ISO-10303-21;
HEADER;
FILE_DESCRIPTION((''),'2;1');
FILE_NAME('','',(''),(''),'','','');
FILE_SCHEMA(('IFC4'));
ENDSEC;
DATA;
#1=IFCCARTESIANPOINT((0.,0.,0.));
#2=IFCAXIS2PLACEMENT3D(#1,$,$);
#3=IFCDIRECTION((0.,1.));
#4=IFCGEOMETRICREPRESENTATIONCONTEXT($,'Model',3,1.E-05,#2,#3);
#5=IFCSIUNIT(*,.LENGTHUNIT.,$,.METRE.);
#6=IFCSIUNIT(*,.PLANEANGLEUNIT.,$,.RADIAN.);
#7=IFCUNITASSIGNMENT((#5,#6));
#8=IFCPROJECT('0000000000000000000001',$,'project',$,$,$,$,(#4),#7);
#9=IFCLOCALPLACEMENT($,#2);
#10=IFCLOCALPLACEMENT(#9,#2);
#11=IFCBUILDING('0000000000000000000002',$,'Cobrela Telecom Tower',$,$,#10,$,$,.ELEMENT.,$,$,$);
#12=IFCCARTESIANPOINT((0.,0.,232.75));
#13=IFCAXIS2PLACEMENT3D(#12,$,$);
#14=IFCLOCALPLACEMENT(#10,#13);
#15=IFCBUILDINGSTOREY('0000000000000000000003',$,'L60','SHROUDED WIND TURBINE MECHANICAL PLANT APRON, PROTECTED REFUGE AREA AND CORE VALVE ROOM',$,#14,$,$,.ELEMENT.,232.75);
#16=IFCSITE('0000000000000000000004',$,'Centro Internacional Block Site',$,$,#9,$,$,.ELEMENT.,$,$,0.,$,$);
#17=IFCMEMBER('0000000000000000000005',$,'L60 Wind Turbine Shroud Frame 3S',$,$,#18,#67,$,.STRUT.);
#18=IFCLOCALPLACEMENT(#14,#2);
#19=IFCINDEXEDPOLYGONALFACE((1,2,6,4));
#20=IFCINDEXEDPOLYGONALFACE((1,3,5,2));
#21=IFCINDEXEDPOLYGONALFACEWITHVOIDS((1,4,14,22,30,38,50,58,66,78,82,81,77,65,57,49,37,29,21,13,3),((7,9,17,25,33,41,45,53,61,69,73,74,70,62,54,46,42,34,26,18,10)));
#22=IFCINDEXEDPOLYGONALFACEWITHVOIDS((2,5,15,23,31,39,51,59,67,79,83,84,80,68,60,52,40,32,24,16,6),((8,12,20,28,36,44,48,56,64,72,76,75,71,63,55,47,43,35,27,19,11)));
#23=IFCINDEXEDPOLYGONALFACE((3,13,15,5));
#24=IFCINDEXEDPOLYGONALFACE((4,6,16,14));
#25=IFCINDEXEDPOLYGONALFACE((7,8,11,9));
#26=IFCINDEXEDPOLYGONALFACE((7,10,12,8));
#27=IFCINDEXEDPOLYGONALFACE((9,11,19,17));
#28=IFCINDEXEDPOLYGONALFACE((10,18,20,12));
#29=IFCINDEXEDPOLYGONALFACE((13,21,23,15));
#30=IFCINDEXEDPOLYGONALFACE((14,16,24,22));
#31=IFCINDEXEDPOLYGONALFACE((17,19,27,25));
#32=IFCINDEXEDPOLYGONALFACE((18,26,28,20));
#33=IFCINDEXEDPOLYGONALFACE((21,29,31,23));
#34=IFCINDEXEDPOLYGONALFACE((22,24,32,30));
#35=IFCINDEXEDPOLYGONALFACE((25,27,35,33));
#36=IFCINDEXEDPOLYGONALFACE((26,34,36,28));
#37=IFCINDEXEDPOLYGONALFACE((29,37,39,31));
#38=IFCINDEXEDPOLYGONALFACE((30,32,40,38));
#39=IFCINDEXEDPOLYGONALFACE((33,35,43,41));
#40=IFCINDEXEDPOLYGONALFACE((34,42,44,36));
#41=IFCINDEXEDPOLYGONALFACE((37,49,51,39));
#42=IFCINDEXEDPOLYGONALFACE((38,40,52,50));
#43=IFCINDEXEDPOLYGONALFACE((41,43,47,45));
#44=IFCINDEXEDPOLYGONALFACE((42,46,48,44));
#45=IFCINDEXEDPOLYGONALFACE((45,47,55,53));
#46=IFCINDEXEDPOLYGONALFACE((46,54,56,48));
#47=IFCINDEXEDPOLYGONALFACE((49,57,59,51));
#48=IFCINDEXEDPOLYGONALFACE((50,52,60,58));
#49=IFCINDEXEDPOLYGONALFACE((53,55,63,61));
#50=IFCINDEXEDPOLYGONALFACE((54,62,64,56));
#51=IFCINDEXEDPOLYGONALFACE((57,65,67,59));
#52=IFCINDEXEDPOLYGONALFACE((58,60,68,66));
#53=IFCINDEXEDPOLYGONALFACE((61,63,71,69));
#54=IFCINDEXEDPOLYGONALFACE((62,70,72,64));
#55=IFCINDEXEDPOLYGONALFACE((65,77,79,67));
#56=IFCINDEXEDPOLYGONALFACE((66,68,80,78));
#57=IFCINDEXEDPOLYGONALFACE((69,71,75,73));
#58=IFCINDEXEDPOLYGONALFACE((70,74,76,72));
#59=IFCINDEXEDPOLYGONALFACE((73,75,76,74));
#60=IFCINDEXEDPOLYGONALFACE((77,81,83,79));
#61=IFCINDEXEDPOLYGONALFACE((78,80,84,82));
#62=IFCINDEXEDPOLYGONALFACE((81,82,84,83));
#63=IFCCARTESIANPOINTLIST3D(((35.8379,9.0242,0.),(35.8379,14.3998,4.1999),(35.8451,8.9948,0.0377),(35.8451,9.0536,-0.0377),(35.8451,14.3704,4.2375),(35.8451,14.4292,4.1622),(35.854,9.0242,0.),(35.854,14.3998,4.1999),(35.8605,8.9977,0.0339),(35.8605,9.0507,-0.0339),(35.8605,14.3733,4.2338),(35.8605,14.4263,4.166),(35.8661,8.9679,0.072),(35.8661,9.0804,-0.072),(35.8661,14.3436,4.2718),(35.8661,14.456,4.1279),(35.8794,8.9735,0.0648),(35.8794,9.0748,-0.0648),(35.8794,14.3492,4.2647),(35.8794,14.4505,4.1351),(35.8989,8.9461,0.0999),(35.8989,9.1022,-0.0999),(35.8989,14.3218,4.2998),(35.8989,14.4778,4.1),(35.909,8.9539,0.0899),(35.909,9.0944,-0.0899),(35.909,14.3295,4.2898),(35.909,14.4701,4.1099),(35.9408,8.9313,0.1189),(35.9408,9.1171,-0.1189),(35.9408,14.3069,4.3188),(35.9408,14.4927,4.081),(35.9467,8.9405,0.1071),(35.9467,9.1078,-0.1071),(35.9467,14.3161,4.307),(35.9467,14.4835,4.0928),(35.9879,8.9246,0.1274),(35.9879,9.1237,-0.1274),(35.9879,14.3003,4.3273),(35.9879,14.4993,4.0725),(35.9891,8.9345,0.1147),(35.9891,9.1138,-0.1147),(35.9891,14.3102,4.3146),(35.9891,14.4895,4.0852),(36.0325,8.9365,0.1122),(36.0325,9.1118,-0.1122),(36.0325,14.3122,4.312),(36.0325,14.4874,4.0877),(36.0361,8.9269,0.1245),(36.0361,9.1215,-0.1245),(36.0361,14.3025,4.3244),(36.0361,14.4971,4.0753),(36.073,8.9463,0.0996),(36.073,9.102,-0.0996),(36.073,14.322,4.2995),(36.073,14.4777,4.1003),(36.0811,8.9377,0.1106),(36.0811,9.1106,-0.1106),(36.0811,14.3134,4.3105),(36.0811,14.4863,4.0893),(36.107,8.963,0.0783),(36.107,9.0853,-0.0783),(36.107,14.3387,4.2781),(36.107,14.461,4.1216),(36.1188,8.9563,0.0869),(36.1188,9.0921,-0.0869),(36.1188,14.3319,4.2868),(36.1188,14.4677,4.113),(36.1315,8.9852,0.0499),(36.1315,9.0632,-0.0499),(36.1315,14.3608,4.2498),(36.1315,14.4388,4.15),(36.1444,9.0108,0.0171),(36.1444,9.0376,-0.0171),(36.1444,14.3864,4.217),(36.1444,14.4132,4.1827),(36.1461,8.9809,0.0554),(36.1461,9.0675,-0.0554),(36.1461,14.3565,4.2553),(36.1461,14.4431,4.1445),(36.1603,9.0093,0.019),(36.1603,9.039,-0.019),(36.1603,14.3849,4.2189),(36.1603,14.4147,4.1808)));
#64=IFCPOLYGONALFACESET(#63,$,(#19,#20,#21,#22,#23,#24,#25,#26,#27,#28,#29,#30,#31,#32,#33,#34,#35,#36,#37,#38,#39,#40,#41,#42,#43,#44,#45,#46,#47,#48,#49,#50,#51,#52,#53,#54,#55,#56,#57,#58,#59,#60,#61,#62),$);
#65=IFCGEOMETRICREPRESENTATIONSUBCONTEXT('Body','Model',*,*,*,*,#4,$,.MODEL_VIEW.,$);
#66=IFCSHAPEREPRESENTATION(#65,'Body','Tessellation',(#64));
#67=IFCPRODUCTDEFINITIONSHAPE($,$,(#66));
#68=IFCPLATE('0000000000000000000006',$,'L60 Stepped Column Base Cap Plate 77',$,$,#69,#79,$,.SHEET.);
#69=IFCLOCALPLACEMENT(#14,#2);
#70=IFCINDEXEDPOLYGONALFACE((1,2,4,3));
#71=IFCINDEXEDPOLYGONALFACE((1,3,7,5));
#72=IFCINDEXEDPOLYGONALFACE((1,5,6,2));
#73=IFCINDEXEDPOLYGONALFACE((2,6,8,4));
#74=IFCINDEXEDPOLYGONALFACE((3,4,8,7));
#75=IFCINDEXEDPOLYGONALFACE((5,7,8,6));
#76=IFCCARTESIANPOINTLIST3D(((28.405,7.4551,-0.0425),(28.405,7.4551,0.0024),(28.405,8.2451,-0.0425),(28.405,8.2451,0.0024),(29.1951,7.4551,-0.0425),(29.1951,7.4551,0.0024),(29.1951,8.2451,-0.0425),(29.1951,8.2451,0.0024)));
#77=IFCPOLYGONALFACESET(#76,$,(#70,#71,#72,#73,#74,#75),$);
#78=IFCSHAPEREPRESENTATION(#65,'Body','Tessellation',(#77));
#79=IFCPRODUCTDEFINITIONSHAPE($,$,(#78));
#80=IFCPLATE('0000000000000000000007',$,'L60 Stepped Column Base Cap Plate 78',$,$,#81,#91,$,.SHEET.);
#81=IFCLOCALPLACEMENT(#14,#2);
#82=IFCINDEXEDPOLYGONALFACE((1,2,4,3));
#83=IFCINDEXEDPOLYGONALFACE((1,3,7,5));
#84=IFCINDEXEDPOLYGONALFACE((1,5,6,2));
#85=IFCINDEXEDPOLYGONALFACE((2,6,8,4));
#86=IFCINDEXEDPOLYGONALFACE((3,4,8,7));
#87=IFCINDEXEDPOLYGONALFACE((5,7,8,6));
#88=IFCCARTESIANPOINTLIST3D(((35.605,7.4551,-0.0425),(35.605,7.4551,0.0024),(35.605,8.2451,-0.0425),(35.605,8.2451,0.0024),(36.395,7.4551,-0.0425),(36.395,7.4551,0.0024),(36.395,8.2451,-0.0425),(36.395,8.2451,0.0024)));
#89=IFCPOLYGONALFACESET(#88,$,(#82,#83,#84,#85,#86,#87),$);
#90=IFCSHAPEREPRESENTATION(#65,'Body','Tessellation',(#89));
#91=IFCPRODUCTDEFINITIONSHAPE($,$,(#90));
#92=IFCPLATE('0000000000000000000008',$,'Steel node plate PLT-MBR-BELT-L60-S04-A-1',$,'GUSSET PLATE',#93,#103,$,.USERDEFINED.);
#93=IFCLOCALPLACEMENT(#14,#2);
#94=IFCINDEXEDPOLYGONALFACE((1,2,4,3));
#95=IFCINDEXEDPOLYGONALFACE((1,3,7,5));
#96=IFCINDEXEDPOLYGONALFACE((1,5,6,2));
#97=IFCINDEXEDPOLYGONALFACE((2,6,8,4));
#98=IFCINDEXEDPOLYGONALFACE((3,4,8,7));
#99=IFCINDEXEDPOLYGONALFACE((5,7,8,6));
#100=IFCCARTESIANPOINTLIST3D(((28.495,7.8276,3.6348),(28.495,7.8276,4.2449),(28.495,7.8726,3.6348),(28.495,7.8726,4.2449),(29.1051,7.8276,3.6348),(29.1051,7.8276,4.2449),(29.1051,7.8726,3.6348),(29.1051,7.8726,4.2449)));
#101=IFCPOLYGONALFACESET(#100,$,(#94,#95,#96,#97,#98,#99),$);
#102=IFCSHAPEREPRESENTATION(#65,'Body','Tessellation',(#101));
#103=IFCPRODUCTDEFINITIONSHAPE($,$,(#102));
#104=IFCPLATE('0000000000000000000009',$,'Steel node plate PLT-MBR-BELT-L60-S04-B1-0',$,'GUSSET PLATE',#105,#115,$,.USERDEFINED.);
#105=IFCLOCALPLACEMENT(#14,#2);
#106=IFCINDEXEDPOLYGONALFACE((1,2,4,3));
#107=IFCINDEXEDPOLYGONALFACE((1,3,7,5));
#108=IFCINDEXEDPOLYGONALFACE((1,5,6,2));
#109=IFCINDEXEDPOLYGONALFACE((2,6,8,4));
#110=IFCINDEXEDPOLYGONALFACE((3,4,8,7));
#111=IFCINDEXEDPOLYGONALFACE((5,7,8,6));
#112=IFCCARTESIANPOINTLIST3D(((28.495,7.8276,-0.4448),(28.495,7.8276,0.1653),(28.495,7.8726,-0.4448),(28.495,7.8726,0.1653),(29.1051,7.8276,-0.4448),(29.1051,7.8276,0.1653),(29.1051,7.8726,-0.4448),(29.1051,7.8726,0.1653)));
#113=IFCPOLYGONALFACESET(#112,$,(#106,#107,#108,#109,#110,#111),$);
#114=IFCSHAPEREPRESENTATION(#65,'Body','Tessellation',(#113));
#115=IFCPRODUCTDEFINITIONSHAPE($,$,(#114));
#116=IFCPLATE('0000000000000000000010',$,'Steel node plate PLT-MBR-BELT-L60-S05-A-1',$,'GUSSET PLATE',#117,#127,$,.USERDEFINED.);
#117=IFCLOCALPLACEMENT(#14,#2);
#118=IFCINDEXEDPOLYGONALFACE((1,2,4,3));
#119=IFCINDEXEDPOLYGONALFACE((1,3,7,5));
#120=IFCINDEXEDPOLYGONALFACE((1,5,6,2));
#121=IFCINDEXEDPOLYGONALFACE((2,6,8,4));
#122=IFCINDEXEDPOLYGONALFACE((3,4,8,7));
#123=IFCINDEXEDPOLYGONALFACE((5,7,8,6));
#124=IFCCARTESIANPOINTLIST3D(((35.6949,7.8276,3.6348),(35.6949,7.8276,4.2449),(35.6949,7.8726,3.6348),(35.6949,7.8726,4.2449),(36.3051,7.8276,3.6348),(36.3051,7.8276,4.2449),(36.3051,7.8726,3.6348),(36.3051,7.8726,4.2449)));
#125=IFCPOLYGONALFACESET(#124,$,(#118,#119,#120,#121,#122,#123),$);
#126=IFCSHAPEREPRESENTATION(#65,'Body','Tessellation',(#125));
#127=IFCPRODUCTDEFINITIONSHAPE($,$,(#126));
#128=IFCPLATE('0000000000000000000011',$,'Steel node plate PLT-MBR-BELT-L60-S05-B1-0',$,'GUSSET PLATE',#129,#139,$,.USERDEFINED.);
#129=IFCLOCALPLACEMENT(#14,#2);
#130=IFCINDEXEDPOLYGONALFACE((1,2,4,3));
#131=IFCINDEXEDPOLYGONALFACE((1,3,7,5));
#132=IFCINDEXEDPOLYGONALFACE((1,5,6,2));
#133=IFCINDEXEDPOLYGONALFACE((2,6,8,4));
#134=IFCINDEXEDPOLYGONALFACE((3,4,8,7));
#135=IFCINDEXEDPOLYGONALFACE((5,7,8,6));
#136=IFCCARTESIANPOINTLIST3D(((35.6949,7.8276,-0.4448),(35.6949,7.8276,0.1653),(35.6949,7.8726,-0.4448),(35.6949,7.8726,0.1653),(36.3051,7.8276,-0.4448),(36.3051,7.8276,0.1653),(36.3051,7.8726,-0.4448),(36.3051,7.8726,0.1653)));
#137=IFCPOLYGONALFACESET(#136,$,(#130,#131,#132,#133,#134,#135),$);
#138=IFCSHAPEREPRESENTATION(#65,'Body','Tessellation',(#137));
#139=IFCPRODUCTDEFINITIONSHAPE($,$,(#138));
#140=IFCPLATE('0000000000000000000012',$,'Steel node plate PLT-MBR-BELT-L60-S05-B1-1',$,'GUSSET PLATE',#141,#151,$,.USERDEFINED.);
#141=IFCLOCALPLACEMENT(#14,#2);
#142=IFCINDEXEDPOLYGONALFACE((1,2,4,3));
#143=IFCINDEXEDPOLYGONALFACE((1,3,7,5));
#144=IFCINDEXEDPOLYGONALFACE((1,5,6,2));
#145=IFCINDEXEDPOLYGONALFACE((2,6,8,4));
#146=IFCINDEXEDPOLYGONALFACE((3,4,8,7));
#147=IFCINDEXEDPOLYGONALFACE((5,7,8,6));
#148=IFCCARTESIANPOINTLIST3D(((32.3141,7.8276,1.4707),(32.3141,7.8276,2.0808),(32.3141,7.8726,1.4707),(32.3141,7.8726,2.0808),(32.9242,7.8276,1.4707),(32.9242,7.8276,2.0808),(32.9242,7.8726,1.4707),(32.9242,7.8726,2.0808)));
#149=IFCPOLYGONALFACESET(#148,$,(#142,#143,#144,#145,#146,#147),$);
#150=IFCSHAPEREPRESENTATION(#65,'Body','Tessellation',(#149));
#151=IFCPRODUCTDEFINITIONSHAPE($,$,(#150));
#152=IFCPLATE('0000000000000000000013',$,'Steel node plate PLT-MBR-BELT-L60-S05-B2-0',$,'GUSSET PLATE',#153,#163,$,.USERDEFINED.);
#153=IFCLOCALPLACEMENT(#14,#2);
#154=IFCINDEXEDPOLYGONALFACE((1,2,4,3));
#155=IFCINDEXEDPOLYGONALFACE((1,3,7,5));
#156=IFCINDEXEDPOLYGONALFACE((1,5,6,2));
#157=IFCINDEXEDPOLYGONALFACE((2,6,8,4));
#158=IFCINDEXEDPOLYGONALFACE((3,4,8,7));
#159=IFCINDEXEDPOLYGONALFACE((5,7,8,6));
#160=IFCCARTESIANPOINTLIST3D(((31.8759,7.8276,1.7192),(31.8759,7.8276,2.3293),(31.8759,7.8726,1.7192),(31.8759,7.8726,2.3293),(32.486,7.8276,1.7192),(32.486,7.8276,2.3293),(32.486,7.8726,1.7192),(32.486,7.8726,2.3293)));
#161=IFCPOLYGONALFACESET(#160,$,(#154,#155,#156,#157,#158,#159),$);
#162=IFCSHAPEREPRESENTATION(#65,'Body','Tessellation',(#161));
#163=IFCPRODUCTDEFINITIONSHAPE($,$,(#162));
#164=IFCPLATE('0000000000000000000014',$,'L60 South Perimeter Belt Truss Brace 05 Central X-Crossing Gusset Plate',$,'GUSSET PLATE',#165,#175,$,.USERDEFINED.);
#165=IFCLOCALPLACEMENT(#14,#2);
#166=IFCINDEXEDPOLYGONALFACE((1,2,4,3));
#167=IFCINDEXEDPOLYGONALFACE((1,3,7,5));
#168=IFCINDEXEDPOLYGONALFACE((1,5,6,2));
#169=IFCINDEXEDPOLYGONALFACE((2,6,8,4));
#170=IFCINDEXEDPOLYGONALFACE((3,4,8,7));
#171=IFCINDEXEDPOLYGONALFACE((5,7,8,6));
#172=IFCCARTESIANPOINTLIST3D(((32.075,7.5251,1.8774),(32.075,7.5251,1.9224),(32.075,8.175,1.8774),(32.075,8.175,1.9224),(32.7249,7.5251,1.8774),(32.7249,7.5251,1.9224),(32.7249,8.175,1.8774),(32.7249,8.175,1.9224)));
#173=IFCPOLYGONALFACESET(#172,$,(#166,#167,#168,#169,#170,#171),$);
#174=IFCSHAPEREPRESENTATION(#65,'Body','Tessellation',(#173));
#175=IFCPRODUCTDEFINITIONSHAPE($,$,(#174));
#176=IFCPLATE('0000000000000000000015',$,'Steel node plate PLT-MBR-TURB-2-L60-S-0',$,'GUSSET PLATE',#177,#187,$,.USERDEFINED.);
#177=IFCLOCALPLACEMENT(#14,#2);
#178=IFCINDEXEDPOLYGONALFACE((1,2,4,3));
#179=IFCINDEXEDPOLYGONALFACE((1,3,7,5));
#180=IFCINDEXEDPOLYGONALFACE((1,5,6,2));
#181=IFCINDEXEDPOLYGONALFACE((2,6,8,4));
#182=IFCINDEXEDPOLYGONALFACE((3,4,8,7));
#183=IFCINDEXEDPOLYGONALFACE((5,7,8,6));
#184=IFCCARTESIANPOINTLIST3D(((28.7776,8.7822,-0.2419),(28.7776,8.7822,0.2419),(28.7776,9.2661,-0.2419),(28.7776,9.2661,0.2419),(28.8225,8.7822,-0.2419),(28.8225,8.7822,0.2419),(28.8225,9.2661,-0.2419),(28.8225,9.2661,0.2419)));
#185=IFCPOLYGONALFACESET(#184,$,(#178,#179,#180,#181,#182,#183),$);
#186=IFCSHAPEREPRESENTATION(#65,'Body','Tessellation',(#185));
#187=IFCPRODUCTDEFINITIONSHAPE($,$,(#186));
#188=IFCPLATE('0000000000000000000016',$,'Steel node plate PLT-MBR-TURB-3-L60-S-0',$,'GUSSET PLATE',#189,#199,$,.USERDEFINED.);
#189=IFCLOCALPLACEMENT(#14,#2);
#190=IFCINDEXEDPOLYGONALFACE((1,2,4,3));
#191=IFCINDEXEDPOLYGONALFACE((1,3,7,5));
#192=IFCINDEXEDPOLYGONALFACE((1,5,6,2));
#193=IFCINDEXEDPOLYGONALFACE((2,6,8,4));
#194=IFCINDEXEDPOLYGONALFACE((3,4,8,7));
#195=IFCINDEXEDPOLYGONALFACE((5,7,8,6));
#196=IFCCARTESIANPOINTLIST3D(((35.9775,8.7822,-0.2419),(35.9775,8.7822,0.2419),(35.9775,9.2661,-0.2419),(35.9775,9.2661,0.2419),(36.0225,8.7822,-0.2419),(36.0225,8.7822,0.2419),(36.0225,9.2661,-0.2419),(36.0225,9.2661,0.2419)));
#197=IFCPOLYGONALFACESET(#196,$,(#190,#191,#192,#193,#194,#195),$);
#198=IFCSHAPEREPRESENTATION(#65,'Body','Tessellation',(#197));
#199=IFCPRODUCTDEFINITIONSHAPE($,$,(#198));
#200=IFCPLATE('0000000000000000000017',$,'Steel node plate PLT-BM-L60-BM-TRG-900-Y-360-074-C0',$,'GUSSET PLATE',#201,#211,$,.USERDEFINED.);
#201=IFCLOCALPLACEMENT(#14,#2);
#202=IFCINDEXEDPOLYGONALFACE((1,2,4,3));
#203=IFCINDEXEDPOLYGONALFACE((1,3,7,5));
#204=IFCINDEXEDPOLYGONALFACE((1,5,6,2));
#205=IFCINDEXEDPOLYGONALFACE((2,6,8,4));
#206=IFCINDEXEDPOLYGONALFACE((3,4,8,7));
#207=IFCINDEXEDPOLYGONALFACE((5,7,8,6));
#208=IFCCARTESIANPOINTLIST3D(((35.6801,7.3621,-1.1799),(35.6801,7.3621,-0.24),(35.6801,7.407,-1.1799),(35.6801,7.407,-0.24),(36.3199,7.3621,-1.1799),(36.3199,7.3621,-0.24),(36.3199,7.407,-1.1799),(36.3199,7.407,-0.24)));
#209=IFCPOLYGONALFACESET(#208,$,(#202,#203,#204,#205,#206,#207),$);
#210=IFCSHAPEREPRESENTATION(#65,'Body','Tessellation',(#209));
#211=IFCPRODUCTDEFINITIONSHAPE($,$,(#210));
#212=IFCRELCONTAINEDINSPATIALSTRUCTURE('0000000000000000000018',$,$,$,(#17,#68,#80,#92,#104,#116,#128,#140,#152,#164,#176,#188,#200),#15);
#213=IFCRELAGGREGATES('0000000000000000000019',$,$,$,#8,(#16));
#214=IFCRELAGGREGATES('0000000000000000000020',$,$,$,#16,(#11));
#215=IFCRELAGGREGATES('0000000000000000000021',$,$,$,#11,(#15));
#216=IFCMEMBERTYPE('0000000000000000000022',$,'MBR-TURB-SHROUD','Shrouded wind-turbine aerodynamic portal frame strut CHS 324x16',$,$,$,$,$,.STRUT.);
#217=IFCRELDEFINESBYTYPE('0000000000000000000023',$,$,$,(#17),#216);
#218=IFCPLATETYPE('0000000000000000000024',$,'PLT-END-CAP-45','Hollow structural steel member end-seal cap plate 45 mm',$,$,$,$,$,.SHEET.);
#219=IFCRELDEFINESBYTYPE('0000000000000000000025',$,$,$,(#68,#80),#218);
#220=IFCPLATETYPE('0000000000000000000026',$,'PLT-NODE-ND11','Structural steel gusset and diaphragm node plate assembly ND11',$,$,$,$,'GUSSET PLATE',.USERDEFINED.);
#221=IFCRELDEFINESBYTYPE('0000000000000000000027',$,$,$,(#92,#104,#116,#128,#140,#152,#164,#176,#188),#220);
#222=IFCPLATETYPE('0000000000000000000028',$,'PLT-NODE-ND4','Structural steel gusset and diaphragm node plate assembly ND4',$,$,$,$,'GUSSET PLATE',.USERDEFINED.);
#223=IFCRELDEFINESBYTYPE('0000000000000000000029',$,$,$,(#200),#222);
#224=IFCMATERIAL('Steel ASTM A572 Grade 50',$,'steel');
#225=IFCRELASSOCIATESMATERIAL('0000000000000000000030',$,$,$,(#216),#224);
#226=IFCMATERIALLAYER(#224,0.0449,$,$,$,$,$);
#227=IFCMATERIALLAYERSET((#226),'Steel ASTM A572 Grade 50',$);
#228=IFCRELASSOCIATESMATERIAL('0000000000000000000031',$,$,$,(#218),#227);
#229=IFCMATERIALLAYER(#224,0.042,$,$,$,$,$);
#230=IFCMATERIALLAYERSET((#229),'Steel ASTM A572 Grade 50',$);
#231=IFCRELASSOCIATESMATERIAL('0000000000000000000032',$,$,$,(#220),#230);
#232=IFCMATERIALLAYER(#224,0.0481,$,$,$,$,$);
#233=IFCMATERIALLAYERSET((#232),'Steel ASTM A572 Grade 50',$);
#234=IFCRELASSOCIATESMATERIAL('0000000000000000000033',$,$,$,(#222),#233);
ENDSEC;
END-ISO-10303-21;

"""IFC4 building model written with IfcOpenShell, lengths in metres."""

from ifc_helpers import new_model, si_unit, direction, frame, origin, origin_2d, place, context, subcontext, project, spatial, rectangle, hollow_circle, extrude, material, layer, layer_set, material_profile, profile_set, type_object, element, save


model = new_model("IFC4")

# Units and contexts
model_context = context("Model", 3, precision=1e-05, world=origin(), true_north=direction((0.0, 1.0)))
body_context = subcontext(model_context, "Body", "Model", "MODEL_VIEW")
ifc_project = project(units=[si_unit("LENGTHUNIT", "METRE"), si_unit("PLANEANGLEUNIT", "RADIAN")], contexts=[model_context])

# Site, building, storey
site_placement = place(None, origin())
site = spatial("IfcSite", under=ifc_project, at=site_placement, Name="Centro Internacional Block Site", CompositionType="ELEMENT", RefElevation=0.0)
building_placement = place(site_placement, origin())
building = spatial("IfcBuilding", under=site, at=building_placement, Name="Cobrela Telecom Tower", CompositionType="ELEMENT")
storey_placement = place(building_placement, frame((0.0, 0.0, 232.75)))
storey = spatial("IfcBuildingStorey", under=building, at=storey_placement, Name="L60", Description="SHROUDED WIND TURBINE MECHANICAL PLANT APRON, PROTECTED REFUGE AREA AND CORE VALVE ROOM", CompositionType="ELEMENT", Elevation=232.75)

# Shared definitions
ifc_material_1 = material(Name="Steel ASTM A572 Grade 50", Category="steel")

# Member
ifc_material_profile_1 = material_profile(ifc_material_1, hollow_circle(Radius=0.1621, WallThickness=0.0161, at=origin_2d()), Name="CHS 324x16")
ifc_profile_set_1 = profile_set([ifc_material_profile_1], Name="Steel ASTM A572 Grade 50")
member_type_1 = type_object("IfcMemberType", Name="MBR-TURB-SHROUD", Description="Shrouded wind-turbine aerodynamic portal frame strut CHS 324x16", PredefinedType="STRUT", material=ifc_profile_set_1)
for number, where, z_axis, x_axis, name in (
    (1, (36.0, 9.0242, 0.0), (0.0, 0.788013, 0.615659), (-1.0, 0.0, 0.0), "L60 Wind Turbine Shroud Frame 3S"),
):
    element("IfcMember", number, at=place(storey_placement, frame(where, z_axis=z_axis, x_axis=x_axis)), inside=storey, type_object=member_type_1, Name=name, PredefinedType="STRUT", context=body_context, shape_type="SweptSolid", body=[
        extrude(hollow_circle(Radius=0.1621, WallThickness=0.0161, at=origin_2d()), origin(), (0.0, 0.0, 1.0), 6.8218),
    ])

# Plates
ifc_layer_1 = layer(ifc_material_1, 0.0449)
ifc_layer_set_1 = layer_set([ifc_layer_1], Name="Steel ASTM A572 Grade 50")
plate_type_1 = type_object("IfcPlateType", Name="PLT-END-CAP-45", Description="Hollow structural steel member end-seal cap plate 45 mm", PredefinedType="SHEET", material=ifc_layer_set_1)
for number, where, z_axis, x_axis, name in (
    (2, (28.8, 7.8501, -0.0425), (0.0, 0.0, 1.0), (1.0, 0.0, 0.0), "L60 Stepped Column Base Cap Plate 77"),
    (3, (36.0, 7.8501, -0.0425), (0.0, 0.0, 1.0), (1.0, 0.0, 0.0), "L60 Stepped Column Base Cap Plate 78"),
):
    element("IfcPlate", number, at=place(storey_placement, frame(where, z_axis=z_axis, x_axis=x_axis)), inside=storey, type_object=plate_type_1, Name=name, PredefinedType="SHEET", context=body_context, shape_type="SweptSolid", body=[
        extrude(rectangle(XDim=0.79, YDim=0.79, at=origin_2d()), origin(), (0.0, 0.0, 1.0), 0.0449),
    ])
ifc_layer_2 = layer(ifc_material_1, 0.042)
ifc_layer_set_2 = layer_set([ifc_layer_2], Name="Steel ASTM A572 Grade 50")
plate_type_2 = type_object("IfcPlateType", Name="PLT-NODE-ND11", Description="Structural steel gusset and diaphragm node plate assembly ND11", ElementType="GUSSET PLATE", PredefinedType="USERDEFINED", material=ifc_layer_set_2)
for number, where, z_axis, x_axis, name in (
    (4, (28.8, 7.8501, 3.6348), (0.0, 0.0, 1.0), (1.0, 0.0, 0.0), "Steel node plate PLT-MBR-BELT-L60-S04-A-1"),
    (5, (28.8, 7.8501, -0.4448), (0.0, 0.0, 1.0), (-1.0, 0.0, 0.0), "Steel node plate PLT-MBR-BELT-L60-S04-B1-0"),
    (6, (36.0, 7.8501, 3.6348), (0.0, 0.0, 1.0), (1.0, 0.0, 0.0), "Steel node plate PLT-MBR-BELT-L60-S05-A-1"),
    (7, (36.0, 7.8501, -0.4448), (0.0, 0.0, 1.0), (-1.0, 0.0, 0.0), "Steel node plate PLT-MBR-BELT-L60-S05-B1-0"),
    (8, (32.6191, 7.8501, 1.4707), (0.0, 0.0, 1.0), (-1.0, 0.0, 0.0), "Steel node plate PLT-MBR-BELT-L60-S05-B1-1"),
    (9, (32.1809, 7.8501, 1.7192), (0.0, 0.0, 1.0), (-1.0, 0.0, 0.0), "Steel node plate PLT-MBR-BELT-L60-S05-B2-0"),
):
    element("IfcPlate", number, at=place(storey_placement, frame(where, z_axis=z_axis, x_axis=x_axis)), inside=storey, type_object=plate_type_2, Name=name, ObjectType="GUSSET PLATE", PredefinedType="USERDEFINED", context=body_context, shape_type="SweptSolid", body=[
        extrude(rectangle(XDim=0.6101, YDim=0.0449, at=origin_2d()), origin(), (0.0, 0.0, 1.0), 0.6101),
    ])
plate_1_placement = place(storey_placement, frame((32.3999, 7.8501, 1.8774), z_axis=(0.0, 0.0, 1.0), x_axis=(1.0, 0.0, 0.0)))
element("IfcPlate", 10, at=plate_1_placement, inside=storey, type_object=plate_type_2, Name="L60 South Perimeter Belt Truss Brace 05 Central X-Crossing Gusset Plate", ObjectType="GUSSET PLATE", PredefinedType="USERDEFINED", context=body_context, shape_type="SweptSolid", body=[
    extrude(rectangle(XDim=0.6499, YDim=0.6499, at=origin_2d()), origin(), (0.0, 0.0, 1.0), 0.0449),
])
for number, where, z_axis, x_axis, name in (
    (11, (28.8, 9.0242, -0.2419), (0.0, 0.0, 1.0), (0.0, 1.0, 0.0), "Steel node plate PLT-MBR-TURB-2-L60-S-0"),
    (12, (36.0, 9.0242, -0.2419), (0.0, 0.0, 1.0), (0.0, 1.0, 0.0), "Steel node plate PLT-MBR-TURB-3-L60-S-0"),
):
    element("IfcPlate", number, at=place(storey_placement, frame(where, z_axis=z_axis, x_axis=x_axis)), inside=storey, type_object=plate_type_2, Name=name, ObjectType="GUSSET PLATE", PredefinedType="USERDEFINED", context=body_context, shape_type="SweptSolid", body=[
        extrude(rectangle(XDim=0.4839, YDim=0.0449, at=origin_2d()), origin(), (0.0, 0.0, 1.0), 0.4839),
    ])
ifc_layer_3 = layer(ifc_material_1, 0.0481)
ifc_layer_set_3 = layer_set([ifc_layer_3], Name="Steel ASTM A572 Grade 50")
plate_type_3 = type_object("IfcPlateType", Name="PLT-NODE-ND4", Description="Structural steel gusset and diaphragm node plate assembly ND4", ElementType="GUSSET PLATE", PredefinedType="USERDEFINED", material=ifc_layer_set_3)
plate_2_placement = place(storey_placement, frame((36.0, 7.3845, -1.1799), z_axis=(0.0, 0.0, 1.0), x_axis=(0.0, 1.0, 0.0)))
element("IfcPlate", 13, at=plate_2_placement, inside=storey, type_object=plate_type_3, Name="Steel node plate PLT-BM-L60-BM-TRG-900-Y-360-074-C0", ObjectType="GUSSET PLATE", PredefinedType="USERDEFINED", context=body_context, shape_type="SweptSolid", body=[
    extrude(rectangle(XDim=0.0449, YDim=0.6399, at=origin_2d()), origin(), (0.0, 0.0, 1.0), 0.9399),
])

save(model, "model.ifc")
